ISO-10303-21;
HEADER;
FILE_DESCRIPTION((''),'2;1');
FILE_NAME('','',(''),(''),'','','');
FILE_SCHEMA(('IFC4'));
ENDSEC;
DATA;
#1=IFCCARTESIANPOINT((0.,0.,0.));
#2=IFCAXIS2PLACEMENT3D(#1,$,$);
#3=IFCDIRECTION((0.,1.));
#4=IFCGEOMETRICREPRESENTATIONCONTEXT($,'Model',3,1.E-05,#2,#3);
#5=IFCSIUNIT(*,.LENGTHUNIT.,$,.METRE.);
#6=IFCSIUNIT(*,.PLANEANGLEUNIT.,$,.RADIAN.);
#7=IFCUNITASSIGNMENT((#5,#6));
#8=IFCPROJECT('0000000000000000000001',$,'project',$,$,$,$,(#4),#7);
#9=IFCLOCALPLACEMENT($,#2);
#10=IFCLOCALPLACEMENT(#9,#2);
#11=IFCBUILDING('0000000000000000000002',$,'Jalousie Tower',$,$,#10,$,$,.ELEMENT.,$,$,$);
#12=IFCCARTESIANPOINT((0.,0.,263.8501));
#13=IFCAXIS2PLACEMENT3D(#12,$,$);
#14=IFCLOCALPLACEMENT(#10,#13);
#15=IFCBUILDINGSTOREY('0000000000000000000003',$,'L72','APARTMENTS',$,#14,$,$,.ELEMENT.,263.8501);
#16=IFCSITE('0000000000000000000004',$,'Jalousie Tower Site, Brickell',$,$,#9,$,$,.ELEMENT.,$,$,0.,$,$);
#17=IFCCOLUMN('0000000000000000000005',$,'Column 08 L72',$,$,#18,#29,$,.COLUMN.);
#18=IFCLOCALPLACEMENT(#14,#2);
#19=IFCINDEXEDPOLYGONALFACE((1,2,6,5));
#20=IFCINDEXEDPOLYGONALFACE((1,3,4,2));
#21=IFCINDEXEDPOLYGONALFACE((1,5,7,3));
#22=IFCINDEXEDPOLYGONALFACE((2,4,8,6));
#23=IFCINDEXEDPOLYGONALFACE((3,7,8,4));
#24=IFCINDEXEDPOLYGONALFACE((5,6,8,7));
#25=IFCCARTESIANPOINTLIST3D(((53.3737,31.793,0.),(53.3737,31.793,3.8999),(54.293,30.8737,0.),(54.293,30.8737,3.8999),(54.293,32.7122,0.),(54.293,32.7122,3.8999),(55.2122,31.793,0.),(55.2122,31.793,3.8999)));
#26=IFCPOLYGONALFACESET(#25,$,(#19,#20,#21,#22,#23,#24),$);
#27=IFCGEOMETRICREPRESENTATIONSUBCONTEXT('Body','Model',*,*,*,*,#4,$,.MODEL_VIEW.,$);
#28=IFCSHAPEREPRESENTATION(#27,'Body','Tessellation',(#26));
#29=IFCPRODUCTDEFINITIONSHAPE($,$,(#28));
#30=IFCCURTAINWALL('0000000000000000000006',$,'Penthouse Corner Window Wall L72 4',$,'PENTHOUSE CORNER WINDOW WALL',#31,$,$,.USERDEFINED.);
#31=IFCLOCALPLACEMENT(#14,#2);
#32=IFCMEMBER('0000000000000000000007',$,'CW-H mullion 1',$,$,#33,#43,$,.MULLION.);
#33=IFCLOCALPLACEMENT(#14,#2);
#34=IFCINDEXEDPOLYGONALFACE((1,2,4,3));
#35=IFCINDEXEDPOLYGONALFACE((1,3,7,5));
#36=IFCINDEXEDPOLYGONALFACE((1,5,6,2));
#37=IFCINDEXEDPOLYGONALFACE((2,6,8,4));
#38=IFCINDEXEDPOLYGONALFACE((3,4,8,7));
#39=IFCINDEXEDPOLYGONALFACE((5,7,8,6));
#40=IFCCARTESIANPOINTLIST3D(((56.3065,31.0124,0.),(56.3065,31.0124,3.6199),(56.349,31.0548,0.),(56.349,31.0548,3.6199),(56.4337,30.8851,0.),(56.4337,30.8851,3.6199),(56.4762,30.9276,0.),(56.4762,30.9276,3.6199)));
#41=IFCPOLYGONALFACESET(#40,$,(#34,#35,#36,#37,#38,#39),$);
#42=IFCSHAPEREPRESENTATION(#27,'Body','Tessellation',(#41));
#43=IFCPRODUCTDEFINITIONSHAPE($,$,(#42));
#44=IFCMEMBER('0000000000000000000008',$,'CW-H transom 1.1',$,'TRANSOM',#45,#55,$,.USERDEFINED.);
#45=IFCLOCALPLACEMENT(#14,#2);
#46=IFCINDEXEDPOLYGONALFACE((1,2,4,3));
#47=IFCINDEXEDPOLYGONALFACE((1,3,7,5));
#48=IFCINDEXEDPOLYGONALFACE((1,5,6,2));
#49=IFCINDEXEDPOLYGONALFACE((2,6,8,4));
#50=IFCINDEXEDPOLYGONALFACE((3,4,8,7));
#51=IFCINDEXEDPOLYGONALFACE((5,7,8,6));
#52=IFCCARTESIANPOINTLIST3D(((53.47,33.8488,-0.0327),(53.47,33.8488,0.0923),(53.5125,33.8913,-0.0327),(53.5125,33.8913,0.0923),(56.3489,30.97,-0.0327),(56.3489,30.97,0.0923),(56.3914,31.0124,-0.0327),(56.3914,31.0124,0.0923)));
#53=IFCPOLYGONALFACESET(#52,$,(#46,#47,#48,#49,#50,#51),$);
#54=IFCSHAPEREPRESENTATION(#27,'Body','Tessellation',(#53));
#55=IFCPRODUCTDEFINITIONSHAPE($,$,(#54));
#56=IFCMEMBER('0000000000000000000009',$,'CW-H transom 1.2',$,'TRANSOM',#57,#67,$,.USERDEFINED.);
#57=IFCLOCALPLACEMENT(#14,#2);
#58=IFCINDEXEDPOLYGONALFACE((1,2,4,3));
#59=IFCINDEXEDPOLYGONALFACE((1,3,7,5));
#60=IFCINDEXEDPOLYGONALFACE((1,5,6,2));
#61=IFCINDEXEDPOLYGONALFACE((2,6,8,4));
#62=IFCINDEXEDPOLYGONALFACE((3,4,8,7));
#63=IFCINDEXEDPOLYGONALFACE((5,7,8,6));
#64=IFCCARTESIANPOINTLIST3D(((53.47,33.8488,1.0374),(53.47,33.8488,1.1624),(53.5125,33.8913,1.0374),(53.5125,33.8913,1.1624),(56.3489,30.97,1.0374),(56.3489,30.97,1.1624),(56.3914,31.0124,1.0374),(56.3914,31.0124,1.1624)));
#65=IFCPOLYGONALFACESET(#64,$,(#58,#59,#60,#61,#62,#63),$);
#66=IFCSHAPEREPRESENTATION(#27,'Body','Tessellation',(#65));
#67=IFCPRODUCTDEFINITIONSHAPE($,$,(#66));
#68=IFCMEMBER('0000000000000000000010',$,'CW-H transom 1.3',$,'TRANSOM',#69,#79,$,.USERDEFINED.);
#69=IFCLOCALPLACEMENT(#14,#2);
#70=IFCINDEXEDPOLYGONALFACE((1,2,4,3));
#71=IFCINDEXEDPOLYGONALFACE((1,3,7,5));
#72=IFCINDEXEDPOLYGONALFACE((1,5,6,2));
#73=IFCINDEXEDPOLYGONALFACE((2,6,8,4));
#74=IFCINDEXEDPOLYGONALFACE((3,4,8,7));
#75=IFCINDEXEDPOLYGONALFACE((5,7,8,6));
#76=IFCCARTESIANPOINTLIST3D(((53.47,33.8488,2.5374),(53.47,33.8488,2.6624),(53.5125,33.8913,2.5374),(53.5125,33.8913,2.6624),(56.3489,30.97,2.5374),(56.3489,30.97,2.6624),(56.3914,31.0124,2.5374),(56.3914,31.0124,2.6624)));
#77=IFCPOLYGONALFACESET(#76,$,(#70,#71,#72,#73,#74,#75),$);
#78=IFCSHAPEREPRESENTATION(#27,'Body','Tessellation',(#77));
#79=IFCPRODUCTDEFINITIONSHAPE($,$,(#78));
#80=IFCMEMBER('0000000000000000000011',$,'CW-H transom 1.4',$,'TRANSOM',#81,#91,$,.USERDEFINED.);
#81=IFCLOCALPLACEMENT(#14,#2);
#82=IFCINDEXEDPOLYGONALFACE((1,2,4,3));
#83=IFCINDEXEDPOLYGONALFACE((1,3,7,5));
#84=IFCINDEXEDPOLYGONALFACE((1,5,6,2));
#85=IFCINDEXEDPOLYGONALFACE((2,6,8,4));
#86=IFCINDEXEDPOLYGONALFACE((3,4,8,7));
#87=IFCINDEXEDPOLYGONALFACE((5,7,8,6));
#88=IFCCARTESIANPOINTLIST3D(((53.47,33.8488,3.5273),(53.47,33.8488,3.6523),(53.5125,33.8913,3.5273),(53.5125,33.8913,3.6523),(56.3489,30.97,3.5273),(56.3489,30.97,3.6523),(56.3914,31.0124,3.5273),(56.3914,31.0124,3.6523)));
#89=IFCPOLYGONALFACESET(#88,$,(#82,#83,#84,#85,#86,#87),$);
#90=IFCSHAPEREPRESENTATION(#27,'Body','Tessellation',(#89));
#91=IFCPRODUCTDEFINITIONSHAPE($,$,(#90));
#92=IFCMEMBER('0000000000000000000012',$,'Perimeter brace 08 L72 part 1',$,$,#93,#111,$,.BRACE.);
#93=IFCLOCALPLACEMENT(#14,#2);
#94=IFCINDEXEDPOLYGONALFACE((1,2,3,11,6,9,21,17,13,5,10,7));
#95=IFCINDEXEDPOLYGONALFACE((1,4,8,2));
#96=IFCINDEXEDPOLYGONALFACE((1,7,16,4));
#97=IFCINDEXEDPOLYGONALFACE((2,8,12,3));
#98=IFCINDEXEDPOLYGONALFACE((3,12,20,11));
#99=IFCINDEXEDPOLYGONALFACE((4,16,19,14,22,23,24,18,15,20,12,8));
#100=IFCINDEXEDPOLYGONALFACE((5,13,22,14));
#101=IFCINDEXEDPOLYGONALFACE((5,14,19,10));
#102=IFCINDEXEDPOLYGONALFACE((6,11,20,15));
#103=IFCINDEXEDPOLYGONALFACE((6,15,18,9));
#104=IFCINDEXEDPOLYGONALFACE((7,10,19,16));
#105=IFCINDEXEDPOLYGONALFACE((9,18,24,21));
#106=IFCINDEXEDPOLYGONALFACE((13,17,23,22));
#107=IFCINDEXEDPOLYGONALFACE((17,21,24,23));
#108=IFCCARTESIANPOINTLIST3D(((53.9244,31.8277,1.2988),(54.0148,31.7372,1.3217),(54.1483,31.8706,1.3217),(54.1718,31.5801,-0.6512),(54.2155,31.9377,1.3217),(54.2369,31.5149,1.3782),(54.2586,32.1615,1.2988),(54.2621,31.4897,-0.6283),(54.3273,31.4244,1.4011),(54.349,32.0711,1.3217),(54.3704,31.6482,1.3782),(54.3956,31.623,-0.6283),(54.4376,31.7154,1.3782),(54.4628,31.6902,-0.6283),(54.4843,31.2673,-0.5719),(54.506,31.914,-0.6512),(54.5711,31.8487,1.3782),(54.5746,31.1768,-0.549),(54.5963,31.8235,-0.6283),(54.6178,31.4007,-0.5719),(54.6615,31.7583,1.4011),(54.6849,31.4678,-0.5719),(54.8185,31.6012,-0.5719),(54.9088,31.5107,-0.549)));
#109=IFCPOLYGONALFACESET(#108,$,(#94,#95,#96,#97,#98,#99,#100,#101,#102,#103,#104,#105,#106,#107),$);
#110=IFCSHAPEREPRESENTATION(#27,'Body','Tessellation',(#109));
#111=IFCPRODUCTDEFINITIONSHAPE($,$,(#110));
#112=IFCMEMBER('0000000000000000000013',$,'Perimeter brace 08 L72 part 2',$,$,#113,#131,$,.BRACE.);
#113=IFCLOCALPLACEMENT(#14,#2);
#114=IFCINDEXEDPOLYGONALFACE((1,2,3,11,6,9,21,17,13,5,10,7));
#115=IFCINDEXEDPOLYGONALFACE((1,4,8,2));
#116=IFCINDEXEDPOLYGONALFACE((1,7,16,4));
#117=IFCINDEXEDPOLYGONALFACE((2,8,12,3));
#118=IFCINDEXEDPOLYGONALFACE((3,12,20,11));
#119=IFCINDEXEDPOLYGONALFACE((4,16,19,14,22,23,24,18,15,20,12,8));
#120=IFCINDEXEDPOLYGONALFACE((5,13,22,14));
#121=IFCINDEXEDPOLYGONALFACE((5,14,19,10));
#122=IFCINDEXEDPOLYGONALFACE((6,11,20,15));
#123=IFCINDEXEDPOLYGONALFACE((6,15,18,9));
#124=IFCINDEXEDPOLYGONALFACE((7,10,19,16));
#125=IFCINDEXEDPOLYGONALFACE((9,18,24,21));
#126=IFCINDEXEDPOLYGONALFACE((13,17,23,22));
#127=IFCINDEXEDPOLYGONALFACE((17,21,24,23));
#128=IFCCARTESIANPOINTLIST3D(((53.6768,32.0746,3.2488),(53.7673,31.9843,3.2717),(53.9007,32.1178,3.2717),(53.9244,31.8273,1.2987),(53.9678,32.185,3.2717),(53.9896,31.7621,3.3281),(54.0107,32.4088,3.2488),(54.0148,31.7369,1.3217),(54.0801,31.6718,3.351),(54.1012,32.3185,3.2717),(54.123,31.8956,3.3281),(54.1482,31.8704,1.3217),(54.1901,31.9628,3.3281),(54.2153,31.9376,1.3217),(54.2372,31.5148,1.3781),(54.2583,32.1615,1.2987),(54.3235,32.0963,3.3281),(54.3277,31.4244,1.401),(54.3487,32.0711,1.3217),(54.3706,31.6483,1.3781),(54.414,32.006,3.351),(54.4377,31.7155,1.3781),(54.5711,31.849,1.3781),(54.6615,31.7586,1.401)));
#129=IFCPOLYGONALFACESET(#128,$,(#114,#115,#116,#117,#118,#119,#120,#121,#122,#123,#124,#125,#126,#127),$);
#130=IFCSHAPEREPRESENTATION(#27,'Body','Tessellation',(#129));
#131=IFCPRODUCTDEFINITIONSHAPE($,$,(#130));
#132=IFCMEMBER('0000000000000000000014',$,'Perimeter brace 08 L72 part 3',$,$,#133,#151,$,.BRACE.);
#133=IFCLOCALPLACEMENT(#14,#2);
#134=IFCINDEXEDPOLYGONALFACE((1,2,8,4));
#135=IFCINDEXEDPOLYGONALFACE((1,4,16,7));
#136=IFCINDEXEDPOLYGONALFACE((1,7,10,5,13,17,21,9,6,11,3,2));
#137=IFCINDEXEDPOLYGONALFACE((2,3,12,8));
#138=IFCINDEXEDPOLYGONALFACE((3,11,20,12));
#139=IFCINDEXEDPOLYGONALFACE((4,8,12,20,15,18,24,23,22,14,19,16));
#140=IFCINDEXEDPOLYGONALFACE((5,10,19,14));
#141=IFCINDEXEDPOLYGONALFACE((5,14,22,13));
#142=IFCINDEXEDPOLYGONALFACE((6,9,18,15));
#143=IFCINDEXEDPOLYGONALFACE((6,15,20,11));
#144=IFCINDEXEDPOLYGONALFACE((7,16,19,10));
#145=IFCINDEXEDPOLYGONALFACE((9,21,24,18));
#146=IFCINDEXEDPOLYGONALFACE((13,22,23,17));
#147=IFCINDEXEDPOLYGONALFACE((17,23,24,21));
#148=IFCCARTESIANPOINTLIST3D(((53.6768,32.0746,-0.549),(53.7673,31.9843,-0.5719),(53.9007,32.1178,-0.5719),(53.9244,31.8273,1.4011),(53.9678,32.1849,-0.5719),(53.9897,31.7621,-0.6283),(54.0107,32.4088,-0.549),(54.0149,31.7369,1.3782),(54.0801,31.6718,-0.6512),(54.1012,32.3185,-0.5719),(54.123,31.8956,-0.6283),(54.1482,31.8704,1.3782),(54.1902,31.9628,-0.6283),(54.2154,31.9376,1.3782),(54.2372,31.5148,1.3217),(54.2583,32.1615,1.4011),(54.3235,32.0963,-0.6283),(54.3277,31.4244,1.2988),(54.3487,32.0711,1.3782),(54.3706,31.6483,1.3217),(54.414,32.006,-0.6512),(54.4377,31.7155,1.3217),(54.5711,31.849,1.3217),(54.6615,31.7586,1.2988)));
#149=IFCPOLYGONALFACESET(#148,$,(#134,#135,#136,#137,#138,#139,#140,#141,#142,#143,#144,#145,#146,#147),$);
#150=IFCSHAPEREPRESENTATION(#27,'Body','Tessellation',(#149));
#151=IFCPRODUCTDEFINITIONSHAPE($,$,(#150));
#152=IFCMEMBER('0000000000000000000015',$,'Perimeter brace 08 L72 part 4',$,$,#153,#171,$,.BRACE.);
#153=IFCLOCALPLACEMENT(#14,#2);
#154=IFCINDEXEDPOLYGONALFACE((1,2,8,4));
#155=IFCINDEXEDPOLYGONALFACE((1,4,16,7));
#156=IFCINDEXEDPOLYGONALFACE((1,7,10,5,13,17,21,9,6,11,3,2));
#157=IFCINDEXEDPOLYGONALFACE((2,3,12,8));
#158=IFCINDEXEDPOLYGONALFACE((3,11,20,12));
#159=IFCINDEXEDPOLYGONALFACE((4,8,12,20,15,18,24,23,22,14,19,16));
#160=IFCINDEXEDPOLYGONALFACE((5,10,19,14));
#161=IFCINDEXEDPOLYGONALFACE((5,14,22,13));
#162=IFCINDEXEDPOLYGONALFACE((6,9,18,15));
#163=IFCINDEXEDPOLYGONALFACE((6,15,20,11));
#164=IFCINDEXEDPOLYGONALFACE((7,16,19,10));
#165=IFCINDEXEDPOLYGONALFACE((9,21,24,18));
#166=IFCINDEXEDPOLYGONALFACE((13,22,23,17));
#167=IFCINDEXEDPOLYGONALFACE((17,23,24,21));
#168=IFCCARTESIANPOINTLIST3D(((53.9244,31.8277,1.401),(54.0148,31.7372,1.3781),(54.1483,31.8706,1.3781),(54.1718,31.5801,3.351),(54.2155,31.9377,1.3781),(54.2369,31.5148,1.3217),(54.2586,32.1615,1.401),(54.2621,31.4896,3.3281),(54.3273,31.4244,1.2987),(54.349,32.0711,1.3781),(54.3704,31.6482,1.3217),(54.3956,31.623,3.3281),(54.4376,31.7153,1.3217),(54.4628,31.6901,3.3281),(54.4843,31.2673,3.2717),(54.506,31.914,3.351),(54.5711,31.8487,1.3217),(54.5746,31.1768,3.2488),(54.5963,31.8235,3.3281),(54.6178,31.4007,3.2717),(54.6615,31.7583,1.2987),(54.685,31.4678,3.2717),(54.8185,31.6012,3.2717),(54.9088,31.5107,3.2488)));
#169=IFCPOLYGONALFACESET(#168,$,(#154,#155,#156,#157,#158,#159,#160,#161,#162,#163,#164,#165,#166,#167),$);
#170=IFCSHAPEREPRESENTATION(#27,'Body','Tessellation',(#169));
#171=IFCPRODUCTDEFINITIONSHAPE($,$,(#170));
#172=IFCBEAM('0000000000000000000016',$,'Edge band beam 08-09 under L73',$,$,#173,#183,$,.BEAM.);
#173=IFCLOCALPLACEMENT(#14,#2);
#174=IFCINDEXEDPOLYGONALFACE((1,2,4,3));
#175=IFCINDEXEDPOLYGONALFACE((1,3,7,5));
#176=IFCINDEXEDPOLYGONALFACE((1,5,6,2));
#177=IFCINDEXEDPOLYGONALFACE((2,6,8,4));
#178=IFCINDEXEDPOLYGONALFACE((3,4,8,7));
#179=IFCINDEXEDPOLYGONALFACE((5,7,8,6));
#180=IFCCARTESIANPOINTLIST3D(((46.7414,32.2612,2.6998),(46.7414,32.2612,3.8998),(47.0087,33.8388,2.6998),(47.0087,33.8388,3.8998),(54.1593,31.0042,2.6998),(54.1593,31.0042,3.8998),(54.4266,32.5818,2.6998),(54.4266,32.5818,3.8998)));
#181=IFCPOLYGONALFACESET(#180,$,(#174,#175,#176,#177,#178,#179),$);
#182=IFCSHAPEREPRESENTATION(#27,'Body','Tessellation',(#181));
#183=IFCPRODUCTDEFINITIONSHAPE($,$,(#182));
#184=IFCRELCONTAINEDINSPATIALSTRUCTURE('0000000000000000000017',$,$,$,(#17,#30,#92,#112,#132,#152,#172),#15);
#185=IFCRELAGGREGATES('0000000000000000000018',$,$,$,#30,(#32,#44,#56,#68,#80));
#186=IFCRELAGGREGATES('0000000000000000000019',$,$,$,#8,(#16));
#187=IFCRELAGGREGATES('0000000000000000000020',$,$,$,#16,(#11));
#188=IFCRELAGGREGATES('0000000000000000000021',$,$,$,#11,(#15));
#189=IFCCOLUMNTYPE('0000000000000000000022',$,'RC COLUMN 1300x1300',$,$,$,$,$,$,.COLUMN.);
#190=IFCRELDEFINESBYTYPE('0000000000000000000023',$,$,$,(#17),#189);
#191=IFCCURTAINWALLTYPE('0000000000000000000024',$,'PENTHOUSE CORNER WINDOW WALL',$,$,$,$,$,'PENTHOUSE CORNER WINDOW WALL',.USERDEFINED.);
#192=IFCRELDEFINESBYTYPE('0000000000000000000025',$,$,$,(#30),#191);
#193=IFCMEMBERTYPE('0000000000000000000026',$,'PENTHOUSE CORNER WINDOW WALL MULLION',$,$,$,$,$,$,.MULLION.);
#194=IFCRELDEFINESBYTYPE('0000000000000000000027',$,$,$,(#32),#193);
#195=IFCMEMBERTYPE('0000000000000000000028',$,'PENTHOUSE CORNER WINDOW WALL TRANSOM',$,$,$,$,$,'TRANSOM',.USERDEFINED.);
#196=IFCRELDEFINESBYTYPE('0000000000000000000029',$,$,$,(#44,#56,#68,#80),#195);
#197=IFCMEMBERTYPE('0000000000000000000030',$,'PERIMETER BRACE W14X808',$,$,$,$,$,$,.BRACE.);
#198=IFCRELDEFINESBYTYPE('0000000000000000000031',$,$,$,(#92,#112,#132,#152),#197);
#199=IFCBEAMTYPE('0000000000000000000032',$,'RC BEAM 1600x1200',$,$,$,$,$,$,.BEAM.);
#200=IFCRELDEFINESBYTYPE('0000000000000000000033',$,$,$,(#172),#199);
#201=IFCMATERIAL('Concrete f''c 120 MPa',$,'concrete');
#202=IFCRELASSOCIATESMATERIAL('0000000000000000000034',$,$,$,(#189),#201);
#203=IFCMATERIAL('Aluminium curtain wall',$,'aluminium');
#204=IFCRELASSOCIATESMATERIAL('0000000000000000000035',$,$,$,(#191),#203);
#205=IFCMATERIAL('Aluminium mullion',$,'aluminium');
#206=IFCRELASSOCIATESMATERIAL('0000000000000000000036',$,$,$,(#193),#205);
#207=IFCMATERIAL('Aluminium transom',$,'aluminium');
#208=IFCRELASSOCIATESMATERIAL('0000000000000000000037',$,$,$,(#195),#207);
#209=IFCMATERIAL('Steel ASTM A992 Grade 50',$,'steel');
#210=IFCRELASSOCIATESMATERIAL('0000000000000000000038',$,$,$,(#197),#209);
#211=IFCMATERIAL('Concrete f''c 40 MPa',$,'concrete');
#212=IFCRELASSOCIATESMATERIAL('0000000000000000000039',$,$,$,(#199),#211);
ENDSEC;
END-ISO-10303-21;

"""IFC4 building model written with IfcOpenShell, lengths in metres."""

from ifc_helpers import new_model, si_unit, direction, frame, origin, origin_2d, place, context, subcontext, project, spatial, rectangle, i_section, extrude, material, material_profile, profile_set, type_object, element, aggregate, save


model = new_model("IFC4")

# Units and contexts
model_context = context("Model", 3, precision=1e-05, world=origin(), true_north=direction((0.0, 1.0)))
body_context = subcontext(model_context, "Body", "Model", "MODEL_VIEW")
ifc_project = project(units=[si_unit("LENGTHUNIT", "METRE"), si_unit("PLANEANGLEUNIT", "RADIAN")], contexts=[model_context])

# Site, building, storey
site_placement = place(None, origin())
site = spatial("IfcSite", under=ifc_project, at=site_placement, Name="Jalousie Tower Site, Brickell", CompositionType="ELEMENT", RefElevation=0.0)
building_placement = place(site_placement, origin())
building = spatial("IfcBuilding", under=site, at=building_placement, Name="Jalousie Tower", CompositionType="ELEMENT")
storey_placement = place(building_placement, frame((0.0, 0.0, 263.8501)))
storey = spatial("IfcBuildingStorey", under=building, at=storey_placement, Name="L72", Description="APARTMENTS", CompositionType="ELEMENT", Elevation=263.8501)

# Column
ifc_material_1 = material(Name="Concrete f'c 120 MPa", Category="concrete")
ifc_material_profile_1 = material_profile(ifc_material_1, rectangle(XDim=1.3, YDim=1.3, at=origin_2d()), Name="RC 1300x1300")
ifc_profile_set_1 = profile_set([ifc_material_profile_1], Name="Concrete f'c 120 MPa")
column_type = type_object("IfcColumnType", Name="RC COLUMN 1300x1300", PredefinedType="COLUMN", material=ifc_profile_set_1)
column_placement = place(storey_placement, frame((54.293, 31.793, 0.0), z_axis=(0.0, 0.0, 1.0), x_axis=(0.707107, 0.707107, 0.0)))
element("IfcColumn", 1, at=column_placement, inside=storey, type_object=column_type, Name="Column 08 L72", PredefinedType="COLUMN", context=body_context, shape_type="SweptSolid", body=[
    extrude(rectangle(XDim=1.3, YDim=1.3, at=origin_2d()), origin(), (0.0, 0.0, 1.0), 3.8999),
])

# Curtain wall, members
ifc_material_2 = material(Name="Aluminium curtain wall", Category="aluminium")
curtain_wall_type_1 = type_object("IfcCurtainWallType", Name="PENTHOUSE CORNER WINDOW WALL", ElementType="PENTHOUSE CORNER WINDOW WALL", PredefinedType="USERDEFINED", material=ifc_material_2)
curtain_wall_1_placement = place(storey_placement, origin())
curtain_wall_1 = element("IfcCurtainWall", 2, at=curtain_wall_1_placement, inside=storey, type_object=curtain_wall_type_1, Name="Penthouse Corner Window Wall L72 4", ObjectType="PENTHOUSE CORNER WINDOW WALL", PredefinedType="USERDEFINED")
ifc_material_3 = material(Name="Aluminium mullion", Category="aluminium")
ifc_material_profile_2 = material_profile(ifc_material_3, rectangle(XDim=0.0601, YDim=0.1799, at=origin_2d()), Name="MULLION 60x180")
ifc_profile_set_2 = profile_set([ifc_material_profile_2], Name="Aluminium mullion")
member_type_1 = type_object("IfcMemberType", Name="PENTHOUSE CORNER WINDOW WALL MULLION", PredefinedType="MULLION", material=ifc_profile_set_2)
member_1_placement = place(storey_placement, frame((56.3914, 30.97, 0.0), z_axis=(0.0, 0.0, 1.0), x_axis=(-0.707107, -0.707107, 0.0)))
member_1 = element("IfcMember", 3, at=member_1_placement, type_object=member_type_1, Name="CW-H mullion 1", PredefinedType="MULLION", context=body_context, shape_type="SweptSolid", body=[
    extrude(rectangle(XDim=0.0601, YDim=0.1799, at=origin_2d()), origin(), (0.0, 0.0, 1.0), 3.6199),
])
ifc_material_4 = material(Name="Aluminium transom", Category="aluminium")
ifc_material_profile_3 = material_profile(ifc_material_4, rectangle(XDim=0.0601, YDim=0.125, at=origin_2d()), Name="TRANSOM 60x125")
ifc_profile_set_3 = profile_set([ifc_material_profile_3], Name="Aluminium transom")
member_type_2 = type_object("IfcMemberType", Name="PENTHOUSE CORNER WINDOW WALL TRANSOM", ElementType="TRANSOM", PredefinedType="USERDEFINED", material=ifc_profile_set_3)
member_2_placement = place(storey_placement, frame((56.3701, 30.9912, 0.0298), z_axis=(-0.707107, 0.707107, 0.0), x_axis=(-0.707107, -0.707107, 0.0)))
member_2 = element("IfcMember", 4, at=member_2_placement, type_object=member_type_2, Name="CW-H transom 1.1", ObjectType="TRANSOM", PredefinedType="USERDEFINED", context=body_context, shape_type="SweptSolid", body=[
    extrude(rectangle(XDim=0.0601, YDim=0.125, at=origin_2d()), origin(), (0.0, 0.0, 1.0), 4.0713),
])
member_3_placement = place(storey_placement, frame((56.3701, 30.9912, 1.0999), z_axis=(-0.707107, 0.707107, 0.0), x_axis=(-0.707107, -0.707107, 0.0)))
member_3 = element("IfcMember", 5, at=member_3_placement, type_object=member_type_2, Name="CW-H transom 1.2", ObjectType="TRANSOM", PredefinedType="USERDEFINED", context=body_context, shape_type="SweptSolid", body=[
    extrude(rectangle(XDim=0.0601, YDim=0.125, at=origin_2d()), origin(), (0.0, 0.0, 1.0), 4.0713),
])
member_4_placement = place(storey_placement, frame((56.3701, 30.9912, 2.5999), z_axis=(-0.707107, 0.707107, 0.0), x_axis=(-0.707107, -0.707107, 0.0)))
member_4 = element("IfcMember", 6, at=member_4_placement, type_object=member_type_2, Name="CW-H transom 1.3", ObjectType="TRANSOM", PredefinedType="USERDEFINED", context=body_context, shape_type="SweptSolid", body=[
    extrude(rectangle(XDim=0.0601, YDim=0.125, at=origin_2d()), origin(), (0.0, 0.0, 1.0), 4.0713),
])
member_5_placement = place(storey_placement, frame((56.3701, 30.9912, 3.5898), z_axis=(-0.707107, 0.707107, 0.0), x_axis=(-0.707107, -0.707107, 0.0)))
member_5 = element("IfcMember", 7, at=member_5_placement, type_object=member_type_2, Name="CW-H transom 1.4", ObjectType="TRANSOM", PredefinedType="USERDEFINED", context=body_context, shape_type="SweptSolid", body=[
    extrude(rectangle(XDim=0.0601, YDim=0.125, at=origin_2d()), origin(), (0.0, 0.0, 1.0), 4.0713),
])

# Members
ifc_material_5 = material(Name="Steel ASTM A992 Grade 50", Category="steel")
ifc_material_profile_4 = material_profile(ifc_material_5, i_section(OverallWidth=0.4724, OverallDepth=0.5791, WebThickness=0.095, FlangeThickness=0.1299, at=origin_2d()), Name="W14X808")
ifc_profile_set_4 = profile_set([ifc_material_profile_4], Name="Steel ASTM A992 Grade 50")
member_type_3 = type_object("IfcMemberType", Name="PERIMETER BRACE W14X808", PredefinedType="BRACE", material=ifc_profile_set_4)
for number, where, z_axis, x_axis, name in (
    (8, (54.5403, 31.5454, -0.6001), (-0.124837, 0.12496, 0.984277), (-0.707456, -0.706758, 0.0), "Perimeter brace 08 L72 part 1"),
    (9, (54.293, 31.793, 1.3499), (-0.12496, 0.124837, 0.984277), (-0.706758, -0.707456, 0.0), "Perimeter brace 08 L72 part 2"),
    (10, (54.0454, 32.0403, -0.6001), (0.12496, -0.124837, 0.984277), (0.706758, 0.707456, 0.0), "Perimeter brace 08 L72 part 3"),
    (11, (54.293, 31.793, 1.3499), (0.124837, -0.12496, 0.984277), (0.707456, 0.706758, 0.0), "Perimeter brace 08 L72 part 4"),
):
    element("IfcMember", number, at=place(storey_placement, frame(where, z_axis=z_axis, x_axis=x_axis)), inside=storey, type_object=member_type_3, Name=name, PredefinedType="BRACE", context=body_context, shape_type="SweptSolid", body=[
        extrude(i_section(OverallWidth=0.4724, OverallDepth=0.5791, WebThickness=0.095, FlangeThickness=0.1299, at=origin_2d()), origin(), (0.0, 0.0, 1.0), 1.9812),
    ])

# Beam
ifc_material_6 = material(Name="Concrete f'c 40 MPa", Category="concrete")
ifc_material_profile_5 = material_profile(ifc_material_6, rectangle(XDim=1.6001, YDim=1.2, at=origin_2d()), Name="RC 1600x1200")
ifc_profile_set_5 = profile_set([ifc_material_profile_5], Name="Concrete f'c 40 MPa")
beam_type = type_object("IfcBeamType", Name="RC BEAM 1600x1200", PredefinedType="BEAM", material=ifc_profile_set_5)
beam_placement = place(storey_placement, frame((54.293, 31.793, 3.2998), z_axis=(-0.985943, 0.167082, 0.0), x_axis=(-0.167082, -0.985943, 0.0)))
element("IfcBeam", 12, at=beam_placement, inside=storey, type_object=beam_type, Name="Edge band beam 08-09 under L73", PredefinedType="BEAM", context=body_context, shape_type="SweptSolid", body=[
    extrude(rectangle(XDim=1.6001, YDim=1.2, at=origin_2d()), origin(), (0.0, 0.0, 1.0), 7.5237),
])

aggregate(curtain_wall_1, [member_1, member_2, member_3, member_4, member_5])

save(model, "model.ifc")
